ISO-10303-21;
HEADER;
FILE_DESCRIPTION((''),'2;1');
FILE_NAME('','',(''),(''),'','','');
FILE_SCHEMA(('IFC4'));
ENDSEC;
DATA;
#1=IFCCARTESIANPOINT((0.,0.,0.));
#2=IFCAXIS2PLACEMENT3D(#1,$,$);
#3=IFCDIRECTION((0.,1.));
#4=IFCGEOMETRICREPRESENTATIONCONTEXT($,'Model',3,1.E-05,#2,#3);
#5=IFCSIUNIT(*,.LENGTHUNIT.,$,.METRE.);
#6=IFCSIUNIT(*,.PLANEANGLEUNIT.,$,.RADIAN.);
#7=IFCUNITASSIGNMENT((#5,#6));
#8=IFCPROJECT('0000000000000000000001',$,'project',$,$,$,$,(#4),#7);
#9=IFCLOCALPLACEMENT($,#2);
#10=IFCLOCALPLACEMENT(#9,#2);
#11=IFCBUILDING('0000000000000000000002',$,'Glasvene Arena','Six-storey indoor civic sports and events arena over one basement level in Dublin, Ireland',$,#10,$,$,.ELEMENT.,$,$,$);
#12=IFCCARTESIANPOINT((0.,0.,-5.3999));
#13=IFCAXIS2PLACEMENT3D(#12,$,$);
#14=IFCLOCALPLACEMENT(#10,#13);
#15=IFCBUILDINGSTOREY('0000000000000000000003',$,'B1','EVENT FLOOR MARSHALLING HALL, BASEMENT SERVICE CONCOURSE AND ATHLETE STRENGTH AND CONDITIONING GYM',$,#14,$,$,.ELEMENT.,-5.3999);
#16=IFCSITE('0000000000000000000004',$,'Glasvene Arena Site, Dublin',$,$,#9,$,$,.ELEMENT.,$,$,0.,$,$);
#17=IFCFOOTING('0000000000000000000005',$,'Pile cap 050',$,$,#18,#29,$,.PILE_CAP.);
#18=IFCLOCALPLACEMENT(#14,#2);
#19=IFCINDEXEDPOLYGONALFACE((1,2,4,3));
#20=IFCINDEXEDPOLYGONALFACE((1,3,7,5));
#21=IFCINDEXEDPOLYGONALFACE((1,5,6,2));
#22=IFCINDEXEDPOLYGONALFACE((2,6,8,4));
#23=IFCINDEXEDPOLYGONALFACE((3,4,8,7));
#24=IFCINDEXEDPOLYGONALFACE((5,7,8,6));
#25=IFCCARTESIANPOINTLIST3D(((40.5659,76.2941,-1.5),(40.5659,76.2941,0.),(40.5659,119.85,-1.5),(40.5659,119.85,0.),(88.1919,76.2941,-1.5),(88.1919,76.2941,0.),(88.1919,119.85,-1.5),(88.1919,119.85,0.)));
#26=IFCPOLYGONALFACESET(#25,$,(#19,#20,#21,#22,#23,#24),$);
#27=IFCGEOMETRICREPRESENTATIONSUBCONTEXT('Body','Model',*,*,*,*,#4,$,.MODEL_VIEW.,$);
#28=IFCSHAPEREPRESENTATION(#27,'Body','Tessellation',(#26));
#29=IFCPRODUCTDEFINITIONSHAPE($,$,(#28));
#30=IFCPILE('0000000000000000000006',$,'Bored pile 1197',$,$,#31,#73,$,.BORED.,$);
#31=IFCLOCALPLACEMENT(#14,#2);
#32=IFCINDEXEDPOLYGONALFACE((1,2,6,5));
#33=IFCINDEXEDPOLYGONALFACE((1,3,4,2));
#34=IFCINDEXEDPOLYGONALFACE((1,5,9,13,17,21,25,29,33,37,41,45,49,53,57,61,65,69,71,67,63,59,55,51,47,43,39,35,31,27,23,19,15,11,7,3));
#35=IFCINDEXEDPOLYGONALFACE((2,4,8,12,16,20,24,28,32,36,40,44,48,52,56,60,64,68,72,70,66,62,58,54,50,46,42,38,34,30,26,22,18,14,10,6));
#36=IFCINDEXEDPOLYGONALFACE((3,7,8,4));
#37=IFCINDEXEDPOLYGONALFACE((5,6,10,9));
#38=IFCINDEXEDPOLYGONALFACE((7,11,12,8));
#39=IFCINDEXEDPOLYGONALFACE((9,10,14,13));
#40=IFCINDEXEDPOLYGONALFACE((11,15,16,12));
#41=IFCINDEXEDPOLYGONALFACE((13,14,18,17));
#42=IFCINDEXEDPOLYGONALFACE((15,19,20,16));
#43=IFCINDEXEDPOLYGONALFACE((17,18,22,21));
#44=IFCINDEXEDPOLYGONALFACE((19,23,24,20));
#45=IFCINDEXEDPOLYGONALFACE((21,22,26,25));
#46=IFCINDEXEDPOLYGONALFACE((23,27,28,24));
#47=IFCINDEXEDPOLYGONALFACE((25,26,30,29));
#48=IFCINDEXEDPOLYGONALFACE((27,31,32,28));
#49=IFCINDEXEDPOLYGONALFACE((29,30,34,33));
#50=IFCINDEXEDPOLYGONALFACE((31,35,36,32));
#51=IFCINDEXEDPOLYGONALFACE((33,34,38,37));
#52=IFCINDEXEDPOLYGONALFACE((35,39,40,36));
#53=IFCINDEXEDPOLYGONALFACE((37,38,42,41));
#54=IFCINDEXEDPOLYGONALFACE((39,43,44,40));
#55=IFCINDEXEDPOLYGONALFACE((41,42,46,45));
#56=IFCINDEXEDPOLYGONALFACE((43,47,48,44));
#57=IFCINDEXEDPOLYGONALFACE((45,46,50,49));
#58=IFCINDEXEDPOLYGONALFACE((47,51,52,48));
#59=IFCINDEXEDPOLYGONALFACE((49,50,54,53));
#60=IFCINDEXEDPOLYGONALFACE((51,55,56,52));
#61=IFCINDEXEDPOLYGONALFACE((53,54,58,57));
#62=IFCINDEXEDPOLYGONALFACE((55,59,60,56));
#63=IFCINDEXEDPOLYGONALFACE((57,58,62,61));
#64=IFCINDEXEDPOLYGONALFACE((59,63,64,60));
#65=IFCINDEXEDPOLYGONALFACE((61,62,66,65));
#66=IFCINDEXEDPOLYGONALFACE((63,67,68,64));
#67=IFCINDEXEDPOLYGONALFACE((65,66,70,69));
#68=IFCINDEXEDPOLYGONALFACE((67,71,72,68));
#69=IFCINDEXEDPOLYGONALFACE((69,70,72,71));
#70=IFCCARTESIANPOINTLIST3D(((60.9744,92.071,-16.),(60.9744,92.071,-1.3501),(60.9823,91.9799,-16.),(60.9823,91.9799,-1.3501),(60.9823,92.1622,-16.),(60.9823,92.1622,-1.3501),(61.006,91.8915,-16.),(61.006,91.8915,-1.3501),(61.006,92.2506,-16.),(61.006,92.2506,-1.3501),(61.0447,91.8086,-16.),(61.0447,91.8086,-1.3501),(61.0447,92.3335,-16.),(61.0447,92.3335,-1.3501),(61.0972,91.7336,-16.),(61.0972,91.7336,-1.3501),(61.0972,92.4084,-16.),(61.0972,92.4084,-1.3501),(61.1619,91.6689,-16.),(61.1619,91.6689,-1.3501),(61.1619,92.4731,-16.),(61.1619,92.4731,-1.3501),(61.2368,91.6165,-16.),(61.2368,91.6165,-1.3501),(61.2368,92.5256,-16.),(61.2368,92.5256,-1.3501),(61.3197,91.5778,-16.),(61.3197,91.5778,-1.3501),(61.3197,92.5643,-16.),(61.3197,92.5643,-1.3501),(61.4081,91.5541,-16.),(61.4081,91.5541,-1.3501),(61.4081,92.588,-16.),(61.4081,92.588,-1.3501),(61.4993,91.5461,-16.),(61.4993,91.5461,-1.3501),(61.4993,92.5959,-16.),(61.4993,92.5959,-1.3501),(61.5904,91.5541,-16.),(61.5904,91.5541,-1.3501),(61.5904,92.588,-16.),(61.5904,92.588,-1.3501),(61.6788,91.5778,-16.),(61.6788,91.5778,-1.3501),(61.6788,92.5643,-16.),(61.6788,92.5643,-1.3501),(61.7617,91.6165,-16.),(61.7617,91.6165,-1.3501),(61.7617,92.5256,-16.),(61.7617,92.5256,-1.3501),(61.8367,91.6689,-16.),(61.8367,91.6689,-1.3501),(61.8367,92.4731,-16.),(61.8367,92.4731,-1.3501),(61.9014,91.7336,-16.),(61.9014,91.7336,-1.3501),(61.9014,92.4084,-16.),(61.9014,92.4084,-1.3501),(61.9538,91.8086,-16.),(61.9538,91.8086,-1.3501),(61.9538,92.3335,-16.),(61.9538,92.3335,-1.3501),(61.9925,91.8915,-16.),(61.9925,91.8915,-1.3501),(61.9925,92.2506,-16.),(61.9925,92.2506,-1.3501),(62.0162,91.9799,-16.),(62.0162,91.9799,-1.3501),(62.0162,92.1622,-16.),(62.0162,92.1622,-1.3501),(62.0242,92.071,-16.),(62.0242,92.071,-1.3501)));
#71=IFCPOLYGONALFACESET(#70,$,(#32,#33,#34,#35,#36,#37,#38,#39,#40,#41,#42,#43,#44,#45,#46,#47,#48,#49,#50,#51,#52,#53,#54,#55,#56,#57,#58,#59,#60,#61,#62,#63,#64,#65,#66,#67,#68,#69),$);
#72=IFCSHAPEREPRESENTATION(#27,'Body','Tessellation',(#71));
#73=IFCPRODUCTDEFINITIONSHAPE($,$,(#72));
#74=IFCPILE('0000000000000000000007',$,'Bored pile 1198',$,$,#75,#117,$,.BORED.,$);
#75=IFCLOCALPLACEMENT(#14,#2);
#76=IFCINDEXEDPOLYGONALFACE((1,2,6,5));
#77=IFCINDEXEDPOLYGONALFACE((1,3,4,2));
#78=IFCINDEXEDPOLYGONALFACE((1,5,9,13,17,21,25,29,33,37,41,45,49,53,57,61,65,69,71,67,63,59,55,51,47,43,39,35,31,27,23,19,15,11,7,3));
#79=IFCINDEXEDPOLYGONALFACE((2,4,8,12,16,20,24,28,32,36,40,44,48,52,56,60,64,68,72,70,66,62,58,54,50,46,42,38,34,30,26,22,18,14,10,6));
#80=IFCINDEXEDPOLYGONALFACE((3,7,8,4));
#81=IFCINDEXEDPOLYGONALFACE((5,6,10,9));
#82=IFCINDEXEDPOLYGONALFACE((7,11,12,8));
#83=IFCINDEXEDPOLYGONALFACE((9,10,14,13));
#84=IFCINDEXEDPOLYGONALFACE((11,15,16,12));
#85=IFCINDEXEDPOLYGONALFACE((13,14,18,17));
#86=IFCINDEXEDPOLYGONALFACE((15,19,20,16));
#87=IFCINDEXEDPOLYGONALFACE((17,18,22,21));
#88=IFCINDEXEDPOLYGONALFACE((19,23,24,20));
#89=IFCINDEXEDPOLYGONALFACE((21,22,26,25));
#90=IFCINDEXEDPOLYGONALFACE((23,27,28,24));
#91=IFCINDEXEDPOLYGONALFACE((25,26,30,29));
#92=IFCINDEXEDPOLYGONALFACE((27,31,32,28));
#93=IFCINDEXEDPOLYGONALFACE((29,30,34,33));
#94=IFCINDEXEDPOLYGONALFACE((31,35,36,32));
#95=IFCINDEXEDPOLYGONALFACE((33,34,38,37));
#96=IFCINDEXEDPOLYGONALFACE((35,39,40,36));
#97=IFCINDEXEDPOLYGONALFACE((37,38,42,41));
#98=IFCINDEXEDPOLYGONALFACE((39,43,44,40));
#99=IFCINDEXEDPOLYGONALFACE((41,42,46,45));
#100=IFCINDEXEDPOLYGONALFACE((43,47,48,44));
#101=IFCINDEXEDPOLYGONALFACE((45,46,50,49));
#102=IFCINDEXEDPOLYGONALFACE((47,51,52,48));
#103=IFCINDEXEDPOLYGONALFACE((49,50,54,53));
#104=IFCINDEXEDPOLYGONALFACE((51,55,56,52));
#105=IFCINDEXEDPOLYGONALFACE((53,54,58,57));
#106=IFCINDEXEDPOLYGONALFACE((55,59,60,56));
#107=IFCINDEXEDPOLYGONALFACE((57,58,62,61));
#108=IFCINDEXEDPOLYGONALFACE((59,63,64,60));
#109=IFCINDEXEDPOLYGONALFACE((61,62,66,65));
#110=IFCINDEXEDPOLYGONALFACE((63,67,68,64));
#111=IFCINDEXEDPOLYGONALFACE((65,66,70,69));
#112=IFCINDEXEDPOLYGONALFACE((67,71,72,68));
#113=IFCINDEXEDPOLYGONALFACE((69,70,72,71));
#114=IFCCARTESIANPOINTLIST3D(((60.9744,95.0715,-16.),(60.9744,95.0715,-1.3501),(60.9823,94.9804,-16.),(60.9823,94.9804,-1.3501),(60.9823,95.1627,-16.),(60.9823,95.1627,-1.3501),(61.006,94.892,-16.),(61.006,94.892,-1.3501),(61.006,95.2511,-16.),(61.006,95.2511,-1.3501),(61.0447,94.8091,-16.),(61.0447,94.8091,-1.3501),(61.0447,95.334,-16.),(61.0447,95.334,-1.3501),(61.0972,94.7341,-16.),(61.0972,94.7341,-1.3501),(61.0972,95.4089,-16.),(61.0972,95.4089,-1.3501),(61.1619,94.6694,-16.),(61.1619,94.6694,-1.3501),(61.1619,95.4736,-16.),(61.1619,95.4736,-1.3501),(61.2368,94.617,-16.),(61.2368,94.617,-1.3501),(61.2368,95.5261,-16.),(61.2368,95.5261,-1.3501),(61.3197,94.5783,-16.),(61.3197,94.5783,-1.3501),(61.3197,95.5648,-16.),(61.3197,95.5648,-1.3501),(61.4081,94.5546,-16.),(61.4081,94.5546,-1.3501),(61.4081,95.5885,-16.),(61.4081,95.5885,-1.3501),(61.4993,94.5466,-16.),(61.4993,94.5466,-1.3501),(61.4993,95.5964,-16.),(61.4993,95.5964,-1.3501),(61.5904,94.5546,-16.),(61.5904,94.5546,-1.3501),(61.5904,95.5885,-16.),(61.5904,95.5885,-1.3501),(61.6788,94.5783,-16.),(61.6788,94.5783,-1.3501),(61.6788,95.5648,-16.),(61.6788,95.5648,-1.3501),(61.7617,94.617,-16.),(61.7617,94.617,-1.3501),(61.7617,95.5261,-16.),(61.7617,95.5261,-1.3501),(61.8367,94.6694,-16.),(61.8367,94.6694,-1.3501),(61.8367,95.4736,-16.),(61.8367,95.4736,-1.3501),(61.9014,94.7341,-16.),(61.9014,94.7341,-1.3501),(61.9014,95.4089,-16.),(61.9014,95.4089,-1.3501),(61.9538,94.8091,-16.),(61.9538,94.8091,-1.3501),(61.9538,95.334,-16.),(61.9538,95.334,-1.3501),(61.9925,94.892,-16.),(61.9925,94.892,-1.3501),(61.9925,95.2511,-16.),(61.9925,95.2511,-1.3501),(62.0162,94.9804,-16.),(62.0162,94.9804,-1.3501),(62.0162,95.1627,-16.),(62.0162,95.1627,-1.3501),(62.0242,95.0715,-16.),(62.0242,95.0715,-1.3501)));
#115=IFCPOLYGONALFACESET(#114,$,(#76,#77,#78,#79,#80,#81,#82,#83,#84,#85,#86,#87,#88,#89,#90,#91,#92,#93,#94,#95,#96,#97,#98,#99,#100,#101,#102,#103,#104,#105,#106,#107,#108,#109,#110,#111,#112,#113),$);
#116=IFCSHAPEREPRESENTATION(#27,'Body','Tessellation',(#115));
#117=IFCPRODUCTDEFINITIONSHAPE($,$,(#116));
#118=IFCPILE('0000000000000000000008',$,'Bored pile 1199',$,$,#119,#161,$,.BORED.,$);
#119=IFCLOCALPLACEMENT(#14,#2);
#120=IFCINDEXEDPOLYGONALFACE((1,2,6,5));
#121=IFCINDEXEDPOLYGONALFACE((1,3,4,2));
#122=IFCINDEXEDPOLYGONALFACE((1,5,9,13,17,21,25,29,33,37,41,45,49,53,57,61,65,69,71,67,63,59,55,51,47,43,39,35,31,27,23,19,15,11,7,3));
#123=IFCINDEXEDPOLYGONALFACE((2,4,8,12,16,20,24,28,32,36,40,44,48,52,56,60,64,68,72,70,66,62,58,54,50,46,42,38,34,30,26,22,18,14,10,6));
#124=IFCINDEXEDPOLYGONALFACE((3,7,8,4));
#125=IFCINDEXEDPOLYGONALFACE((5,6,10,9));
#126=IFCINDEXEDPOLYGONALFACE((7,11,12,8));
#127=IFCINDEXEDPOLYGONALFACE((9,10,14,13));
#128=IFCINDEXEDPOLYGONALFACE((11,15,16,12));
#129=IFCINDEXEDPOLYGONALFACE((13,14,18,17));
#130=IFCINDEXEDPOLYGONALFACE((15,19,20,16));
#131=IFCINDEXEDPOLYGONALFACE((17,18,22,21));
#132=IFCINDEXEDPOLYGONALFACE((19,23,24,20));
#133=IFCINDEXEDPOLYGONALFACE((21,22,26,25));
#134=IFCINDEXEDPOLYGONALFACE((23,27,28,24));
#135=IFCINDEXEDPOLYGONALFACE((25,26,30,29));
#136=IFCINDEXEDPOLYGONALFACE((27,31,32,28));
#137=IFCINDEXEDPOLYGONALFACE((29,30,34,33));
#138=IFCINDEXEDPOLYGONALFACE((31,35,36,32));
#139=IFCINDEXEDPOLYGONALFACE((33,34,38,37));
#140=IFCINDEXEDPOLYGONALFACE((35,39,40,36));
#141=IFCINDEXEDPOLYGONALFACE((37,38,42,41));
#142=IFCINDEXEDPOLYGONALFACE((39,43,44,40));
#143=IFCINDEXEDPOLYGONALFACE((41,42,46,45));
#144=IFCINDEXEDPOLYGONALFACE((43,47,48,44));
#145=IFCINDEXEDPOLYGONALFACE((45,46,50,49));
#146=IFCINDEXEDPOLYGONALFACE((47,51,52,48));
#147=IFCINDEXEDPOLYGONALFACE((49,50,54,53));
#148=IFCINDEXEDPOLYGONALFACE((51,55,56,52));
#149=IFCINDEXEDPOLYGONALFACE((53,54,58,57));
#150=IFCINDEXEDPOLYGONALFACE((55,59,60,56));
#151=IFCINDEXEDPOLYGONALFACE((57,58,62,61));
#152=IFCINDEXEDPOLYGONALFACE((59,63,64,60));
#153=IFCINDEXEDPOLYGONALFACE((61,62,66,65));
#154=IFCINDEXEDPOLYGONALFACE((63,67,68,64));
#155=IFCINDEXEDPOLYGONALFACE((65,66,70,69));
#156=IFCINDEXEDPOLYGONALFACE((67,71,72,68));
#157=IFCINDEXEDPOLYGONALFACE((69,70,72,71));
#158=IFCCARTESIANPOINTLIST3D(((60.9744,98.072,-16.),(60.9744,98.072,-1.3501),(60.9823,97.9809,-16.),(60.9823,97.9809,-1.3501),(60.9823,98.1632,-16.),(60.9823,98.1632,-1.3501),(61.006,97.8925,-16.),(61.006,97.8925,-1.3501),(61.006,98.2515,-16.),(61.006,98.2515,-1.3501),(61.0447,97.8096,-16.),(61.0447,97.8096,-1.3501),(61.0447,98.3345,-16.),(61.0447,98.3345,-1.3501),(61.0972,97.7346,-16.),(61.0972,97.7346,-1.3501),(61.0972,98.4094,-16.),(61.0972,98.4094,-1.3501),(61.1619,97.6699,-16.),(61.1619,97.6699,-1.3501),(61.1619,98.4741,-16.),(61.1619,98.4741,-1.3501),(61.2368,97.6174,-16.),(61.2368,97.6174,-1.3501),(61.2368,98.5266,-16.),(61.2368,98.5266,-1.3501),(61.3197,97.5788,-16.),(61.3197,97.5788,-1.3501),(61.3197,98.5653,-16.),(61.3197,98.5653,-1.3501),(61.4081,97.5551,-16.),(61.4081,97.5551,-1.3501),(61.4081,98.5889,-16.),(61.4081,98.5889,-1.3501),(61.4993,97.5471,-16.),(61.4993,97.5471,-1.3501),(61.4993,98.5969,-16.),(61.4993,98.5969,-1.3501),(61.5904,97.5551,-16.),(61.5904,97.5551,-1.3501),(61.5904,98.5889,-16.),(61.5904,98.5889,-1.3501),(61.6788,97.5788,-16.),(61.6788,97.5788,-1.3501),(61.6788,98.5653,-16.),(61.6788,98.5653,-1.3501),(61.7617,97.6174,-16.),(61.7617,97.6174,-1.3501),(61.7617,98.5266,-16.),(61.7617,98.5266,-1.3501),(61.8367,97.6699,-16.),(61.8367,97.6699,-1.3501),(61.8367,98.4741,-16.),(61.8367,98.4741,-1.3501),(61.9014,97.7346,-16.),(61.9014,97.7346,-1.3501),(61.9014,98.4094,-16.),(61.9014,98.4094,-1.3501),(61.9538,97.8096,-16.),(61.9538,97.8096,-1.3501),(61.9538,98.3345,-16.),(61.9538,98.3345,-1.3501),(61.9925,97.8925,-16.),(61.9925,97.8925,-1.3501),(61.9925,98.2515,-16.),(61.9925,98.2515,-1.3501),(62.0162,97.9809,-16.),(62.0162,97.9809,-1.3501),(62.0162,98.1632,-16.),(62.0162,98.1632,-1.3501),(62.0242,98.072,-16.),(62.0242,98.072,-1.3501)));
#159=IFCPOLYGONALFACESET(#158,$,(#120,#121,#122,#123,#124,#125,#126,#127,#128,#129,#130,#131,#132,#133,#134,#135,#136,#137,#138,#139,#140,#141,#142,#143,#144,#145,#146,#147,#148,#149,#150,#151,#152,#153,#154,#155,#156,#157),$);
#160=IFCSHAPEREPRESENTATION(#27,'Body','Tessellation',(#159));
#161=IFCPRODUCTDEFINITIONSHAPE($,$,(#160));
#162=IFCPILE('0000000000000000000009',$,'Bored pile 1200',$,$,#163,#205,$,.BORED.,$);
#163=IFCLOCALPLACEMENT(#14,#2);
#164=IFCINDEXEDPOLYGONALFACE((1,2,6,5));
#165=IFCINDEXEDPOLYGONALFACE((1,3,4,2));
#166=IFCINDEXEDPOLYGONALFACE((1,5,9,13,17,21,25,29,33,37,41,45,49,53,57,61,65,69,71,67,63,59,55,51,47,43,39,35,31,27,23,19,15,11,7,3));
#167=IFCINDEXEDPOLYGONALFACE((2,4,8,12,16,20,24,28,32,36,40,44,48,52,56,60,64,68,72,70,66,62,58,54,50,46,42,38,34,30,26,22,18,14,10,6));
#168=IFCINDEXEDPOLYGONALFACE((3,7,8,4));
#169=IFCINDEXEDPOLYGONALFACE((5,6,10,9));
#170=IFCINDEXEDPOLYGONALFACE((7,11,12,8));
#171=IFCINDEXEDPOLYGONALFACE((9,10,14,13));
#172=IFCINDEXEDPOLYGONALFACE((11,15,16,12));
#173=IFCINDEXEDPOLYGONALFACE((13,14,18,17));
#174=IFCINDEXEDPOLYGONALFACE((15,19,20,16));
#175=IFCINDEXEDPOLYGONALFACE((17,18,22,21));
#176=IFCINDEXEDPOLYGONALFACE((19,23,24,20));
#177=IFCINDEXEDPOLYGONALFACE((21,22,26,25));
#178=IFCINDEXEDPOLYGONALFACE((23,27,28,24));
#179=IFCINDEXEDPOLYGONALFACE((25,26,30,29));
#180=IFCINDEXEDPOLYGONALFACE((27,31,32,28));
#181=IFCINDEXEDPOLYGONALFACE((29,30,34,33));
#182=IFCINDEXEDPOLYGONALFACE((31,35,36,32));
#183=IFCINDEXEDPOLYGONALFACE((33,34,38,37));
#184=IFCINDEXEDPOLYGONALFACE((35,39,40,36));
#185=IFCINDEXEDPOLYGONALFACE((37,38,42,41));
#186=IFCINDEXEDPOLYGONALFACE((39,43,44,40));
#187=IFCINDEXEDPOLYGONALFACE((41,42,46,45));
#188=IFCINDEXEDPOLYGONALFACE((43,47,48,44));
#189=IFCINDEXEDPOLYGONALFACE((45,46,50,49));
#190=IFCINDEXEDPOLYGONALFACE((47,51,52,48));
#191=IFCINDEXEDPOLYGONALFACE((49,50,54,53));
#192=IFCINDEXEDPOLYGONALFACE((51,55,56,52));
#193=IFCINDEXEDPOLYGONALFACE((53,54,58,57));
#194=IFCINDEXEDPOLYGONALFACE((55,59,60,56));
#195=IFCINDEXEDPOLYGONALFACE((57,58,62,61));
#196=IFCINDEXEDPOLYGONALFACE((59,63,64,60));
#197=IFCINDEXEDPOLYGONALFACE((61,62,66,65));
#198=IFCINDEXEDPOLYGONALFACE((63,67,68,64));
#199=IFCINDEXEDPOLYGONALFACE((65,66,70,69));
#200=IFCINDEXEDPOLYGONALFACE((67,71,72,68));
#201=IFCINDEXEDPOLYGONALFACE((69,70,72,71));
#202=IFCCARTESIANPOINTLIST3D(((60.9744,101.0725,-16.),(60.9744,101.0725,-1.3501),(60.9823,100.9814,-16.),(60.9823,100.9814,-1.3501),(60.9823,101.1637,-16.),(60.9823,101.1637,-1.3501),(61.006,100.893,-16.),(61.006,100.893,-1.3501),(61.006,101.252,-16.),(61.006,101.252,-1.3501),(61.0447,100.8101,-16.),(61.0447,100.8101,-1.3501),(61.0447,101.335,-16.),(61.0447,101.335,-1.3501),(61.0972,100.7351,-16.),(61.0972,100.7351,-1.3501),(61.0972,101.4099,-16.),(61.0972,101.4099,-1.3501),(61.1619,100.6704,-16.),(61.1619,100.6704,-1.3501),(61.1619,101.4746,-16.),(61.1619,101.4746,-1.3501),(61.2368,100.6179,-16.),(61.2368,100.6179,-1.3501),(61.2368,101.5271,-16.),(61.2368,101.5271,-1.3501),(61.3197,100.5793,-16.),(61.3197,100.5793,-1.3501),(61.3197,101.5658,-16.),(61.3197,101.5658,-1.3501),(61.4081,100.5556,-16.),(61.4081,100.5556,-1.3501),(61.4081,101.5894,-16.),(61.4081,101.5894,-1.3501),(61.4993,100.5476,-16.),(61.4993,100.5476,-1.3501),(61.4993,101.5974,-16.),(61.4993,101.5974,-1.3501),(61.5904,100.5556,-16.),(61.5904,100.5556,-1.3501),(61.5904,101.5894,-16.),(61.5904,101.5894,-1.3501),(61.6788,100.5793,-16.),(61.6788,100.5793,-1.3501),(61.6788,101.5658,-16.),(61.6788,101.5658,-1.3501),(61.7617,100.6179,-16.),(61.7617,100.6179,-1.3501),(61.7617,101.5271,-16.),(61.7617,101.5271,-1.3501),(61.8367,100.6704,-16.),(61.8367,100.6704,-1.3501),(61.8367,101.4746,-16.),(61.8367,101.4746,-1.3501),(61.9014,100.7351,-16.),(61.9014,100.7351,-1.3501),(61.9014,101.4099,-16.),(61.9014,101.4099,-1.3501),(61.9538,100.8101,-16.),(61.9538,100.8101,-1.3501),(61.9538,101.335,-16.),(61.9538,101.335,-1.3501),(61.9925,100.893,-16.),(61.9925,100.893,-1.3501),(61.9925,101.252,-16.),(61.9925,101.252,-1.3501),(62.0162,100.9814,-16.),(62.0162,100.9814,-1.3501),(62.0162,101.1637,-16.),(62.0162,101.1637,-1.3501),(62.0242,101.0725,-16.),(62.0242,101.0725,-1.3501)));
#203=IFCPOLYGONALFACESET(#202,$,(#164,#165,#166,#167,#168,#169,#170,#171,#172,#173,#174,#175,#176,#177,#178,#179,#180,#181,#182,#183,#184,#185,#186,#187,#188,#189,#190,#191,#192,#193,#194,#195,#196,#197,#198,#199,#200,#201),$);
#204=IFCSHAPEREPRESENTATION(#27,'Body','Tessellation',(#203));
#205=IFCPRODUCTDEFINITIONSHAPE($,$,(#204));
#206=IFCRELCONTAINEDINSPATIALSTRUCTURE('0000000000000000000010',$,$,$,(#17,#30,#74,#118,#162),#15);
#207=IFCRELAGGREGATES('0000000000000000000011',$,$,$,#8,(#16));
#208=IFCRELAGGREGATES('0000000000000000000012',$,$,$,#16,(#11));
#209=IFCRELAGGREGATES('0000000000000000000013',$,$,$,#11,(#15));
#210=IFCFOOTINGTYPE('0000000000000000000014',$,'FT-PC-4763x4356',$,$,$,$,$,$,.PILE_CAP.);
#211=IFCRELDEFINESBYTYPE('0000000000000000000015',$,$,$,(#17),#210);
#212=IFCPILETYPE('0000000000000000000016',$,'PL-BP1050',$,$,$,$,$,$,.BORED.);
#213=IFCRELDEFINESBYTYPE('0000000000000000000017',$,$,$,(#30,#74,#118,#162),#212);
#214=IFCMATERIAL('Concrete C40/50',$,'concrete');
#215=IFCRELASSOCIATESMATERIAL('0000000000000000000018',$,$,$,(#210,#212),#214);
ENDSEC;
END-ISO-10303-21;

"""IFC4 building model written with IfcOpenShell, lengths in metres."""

from ifc_helpers import new_model, si_unit, direction, frame, origin, origin_2d, place, context, subcontext, project, spatial, rectangle, circle, extrude, material, material_profile, profile_set, type_object, element, save


model = new_model("IFC4")

# Units and contexts
model_context = context("Model", 3, precision=1e-05, world=origin(), true_north=direction((0.0, 1.0)))
body_context = subcontext(model_context, "Body", "Model", "MODEL_VIEW")
ifc_project = project(units=[si_unit("LENGTHUNIT", "METRE"), si_unit("PLANEANGLEUNIT", "RADIAN")], contexts=[model_context])

# Site, building, storey
site_placement = place(None, origin())
site = spatial("IfcSite", under=ifc_project, at=site_placement, Name="Glasvene Arena Site, Dublin", CompositionType="ELEMENT", RefElevation=0.0)
building_placement = place(site_placement, origin())
building = spatial("IfcBuilding", under=site, at=building_placement, Name="Glasvene Arena", Description="Six-storey indoor civic sports and events arena over one basement level in Dublin, Ireland", CompositionType="ELEMENT")
storey_placement = place(building_placement, frame((0.0, 0.0, -5.3999)))
storey = spatial("IfcBuildingStorey", under=building, at=storey_placement, Name="B1", Description="EVENT FLOOR MARSHALLING HALL, BASEMENT SERVICE CONCOURSE AND ATHLETE STRENGTH AND CONDITIONING GYM", CompositionType="ELEMENT", Elevation=-5.3999)

# Footing
ifc_material_1 = material(Name="Concrete C40/50", Category="concrete")
footing_type = type_object("IfcFootingType", Name="FT-PC-4763x4356", PredefinedType="PILE_CAP", material=ifc_material_1)
footing_placement = place(storey_placement, frame((64.3789, 98.072, -1.5), z_axis=(0.0, 0.0, 1.0), x_axis=(1.0, 0.0, 0.0)))
element("IfcFooting", 1, at=footing_placement, inside=storey, type_object=footing_type, Name="Pile cap 050", PredefinedType="PILE_CAP", context=body_context, shape_type="SweptSolid", body=[
    extrude(rectangle(XDim=47.626, YDim=43.5559, at=origin_2d()), origin(), (0.0, 0.0, 1.0), 1.5),
])

# Piles
ifc_material_profile_1 = material_profile(ifc_material_1, circle(Radius=0.5249, at=origin_2d()), Name="BORED PILE 1050")
ifc_profile_set_1 = profile_set([ifc_material_profile_1], Name="Concrete C40/50")
pile_type = type_object("IfcPileType", Name="PL-BP1050", PredefinedType="BORED", material=ifc_profile_set_1)
for number, where, z_axis, x_axis, name in (
    (2, (61.4993, 92.071, -1.3501), (0.0, 0.0, -1.0), (1.0, 0.0, 0.0), "Bored pile 1197"),
    (3, (61.4993, 95.0715, -1.3501), (0.0, 0.0, -1.0), (1.0, 0.0, 0.0), "Bored pile 1198"),
    (4, (61.4993, 98.072, -1.3501), (0.0, 0.0, -1.0), (1.0, 0.0, 0.0), "Bored pile 1199"),
    (5, (61.4993, 101.0725, -1.3501), (0.0, 0.0, -1.0), (1.0, 0.0, 0.0), "Bored pile 1200"),
):
    element("IfcPile", number, at=place(storey_placement, frame(where, z_axis=z_axis, x_axis=x_axis)), inside=storey, type_object=pile_type, Name=name, PredefinedType="BORED", context=body_context, shape_type="SweptSolid", body=[
        extrude(circle(Radius=0.5249, at=origin_2d()), origin(), (0.0, 0.0, 1.0), 14.6499),
    ])

save(model, "model.ifc")
